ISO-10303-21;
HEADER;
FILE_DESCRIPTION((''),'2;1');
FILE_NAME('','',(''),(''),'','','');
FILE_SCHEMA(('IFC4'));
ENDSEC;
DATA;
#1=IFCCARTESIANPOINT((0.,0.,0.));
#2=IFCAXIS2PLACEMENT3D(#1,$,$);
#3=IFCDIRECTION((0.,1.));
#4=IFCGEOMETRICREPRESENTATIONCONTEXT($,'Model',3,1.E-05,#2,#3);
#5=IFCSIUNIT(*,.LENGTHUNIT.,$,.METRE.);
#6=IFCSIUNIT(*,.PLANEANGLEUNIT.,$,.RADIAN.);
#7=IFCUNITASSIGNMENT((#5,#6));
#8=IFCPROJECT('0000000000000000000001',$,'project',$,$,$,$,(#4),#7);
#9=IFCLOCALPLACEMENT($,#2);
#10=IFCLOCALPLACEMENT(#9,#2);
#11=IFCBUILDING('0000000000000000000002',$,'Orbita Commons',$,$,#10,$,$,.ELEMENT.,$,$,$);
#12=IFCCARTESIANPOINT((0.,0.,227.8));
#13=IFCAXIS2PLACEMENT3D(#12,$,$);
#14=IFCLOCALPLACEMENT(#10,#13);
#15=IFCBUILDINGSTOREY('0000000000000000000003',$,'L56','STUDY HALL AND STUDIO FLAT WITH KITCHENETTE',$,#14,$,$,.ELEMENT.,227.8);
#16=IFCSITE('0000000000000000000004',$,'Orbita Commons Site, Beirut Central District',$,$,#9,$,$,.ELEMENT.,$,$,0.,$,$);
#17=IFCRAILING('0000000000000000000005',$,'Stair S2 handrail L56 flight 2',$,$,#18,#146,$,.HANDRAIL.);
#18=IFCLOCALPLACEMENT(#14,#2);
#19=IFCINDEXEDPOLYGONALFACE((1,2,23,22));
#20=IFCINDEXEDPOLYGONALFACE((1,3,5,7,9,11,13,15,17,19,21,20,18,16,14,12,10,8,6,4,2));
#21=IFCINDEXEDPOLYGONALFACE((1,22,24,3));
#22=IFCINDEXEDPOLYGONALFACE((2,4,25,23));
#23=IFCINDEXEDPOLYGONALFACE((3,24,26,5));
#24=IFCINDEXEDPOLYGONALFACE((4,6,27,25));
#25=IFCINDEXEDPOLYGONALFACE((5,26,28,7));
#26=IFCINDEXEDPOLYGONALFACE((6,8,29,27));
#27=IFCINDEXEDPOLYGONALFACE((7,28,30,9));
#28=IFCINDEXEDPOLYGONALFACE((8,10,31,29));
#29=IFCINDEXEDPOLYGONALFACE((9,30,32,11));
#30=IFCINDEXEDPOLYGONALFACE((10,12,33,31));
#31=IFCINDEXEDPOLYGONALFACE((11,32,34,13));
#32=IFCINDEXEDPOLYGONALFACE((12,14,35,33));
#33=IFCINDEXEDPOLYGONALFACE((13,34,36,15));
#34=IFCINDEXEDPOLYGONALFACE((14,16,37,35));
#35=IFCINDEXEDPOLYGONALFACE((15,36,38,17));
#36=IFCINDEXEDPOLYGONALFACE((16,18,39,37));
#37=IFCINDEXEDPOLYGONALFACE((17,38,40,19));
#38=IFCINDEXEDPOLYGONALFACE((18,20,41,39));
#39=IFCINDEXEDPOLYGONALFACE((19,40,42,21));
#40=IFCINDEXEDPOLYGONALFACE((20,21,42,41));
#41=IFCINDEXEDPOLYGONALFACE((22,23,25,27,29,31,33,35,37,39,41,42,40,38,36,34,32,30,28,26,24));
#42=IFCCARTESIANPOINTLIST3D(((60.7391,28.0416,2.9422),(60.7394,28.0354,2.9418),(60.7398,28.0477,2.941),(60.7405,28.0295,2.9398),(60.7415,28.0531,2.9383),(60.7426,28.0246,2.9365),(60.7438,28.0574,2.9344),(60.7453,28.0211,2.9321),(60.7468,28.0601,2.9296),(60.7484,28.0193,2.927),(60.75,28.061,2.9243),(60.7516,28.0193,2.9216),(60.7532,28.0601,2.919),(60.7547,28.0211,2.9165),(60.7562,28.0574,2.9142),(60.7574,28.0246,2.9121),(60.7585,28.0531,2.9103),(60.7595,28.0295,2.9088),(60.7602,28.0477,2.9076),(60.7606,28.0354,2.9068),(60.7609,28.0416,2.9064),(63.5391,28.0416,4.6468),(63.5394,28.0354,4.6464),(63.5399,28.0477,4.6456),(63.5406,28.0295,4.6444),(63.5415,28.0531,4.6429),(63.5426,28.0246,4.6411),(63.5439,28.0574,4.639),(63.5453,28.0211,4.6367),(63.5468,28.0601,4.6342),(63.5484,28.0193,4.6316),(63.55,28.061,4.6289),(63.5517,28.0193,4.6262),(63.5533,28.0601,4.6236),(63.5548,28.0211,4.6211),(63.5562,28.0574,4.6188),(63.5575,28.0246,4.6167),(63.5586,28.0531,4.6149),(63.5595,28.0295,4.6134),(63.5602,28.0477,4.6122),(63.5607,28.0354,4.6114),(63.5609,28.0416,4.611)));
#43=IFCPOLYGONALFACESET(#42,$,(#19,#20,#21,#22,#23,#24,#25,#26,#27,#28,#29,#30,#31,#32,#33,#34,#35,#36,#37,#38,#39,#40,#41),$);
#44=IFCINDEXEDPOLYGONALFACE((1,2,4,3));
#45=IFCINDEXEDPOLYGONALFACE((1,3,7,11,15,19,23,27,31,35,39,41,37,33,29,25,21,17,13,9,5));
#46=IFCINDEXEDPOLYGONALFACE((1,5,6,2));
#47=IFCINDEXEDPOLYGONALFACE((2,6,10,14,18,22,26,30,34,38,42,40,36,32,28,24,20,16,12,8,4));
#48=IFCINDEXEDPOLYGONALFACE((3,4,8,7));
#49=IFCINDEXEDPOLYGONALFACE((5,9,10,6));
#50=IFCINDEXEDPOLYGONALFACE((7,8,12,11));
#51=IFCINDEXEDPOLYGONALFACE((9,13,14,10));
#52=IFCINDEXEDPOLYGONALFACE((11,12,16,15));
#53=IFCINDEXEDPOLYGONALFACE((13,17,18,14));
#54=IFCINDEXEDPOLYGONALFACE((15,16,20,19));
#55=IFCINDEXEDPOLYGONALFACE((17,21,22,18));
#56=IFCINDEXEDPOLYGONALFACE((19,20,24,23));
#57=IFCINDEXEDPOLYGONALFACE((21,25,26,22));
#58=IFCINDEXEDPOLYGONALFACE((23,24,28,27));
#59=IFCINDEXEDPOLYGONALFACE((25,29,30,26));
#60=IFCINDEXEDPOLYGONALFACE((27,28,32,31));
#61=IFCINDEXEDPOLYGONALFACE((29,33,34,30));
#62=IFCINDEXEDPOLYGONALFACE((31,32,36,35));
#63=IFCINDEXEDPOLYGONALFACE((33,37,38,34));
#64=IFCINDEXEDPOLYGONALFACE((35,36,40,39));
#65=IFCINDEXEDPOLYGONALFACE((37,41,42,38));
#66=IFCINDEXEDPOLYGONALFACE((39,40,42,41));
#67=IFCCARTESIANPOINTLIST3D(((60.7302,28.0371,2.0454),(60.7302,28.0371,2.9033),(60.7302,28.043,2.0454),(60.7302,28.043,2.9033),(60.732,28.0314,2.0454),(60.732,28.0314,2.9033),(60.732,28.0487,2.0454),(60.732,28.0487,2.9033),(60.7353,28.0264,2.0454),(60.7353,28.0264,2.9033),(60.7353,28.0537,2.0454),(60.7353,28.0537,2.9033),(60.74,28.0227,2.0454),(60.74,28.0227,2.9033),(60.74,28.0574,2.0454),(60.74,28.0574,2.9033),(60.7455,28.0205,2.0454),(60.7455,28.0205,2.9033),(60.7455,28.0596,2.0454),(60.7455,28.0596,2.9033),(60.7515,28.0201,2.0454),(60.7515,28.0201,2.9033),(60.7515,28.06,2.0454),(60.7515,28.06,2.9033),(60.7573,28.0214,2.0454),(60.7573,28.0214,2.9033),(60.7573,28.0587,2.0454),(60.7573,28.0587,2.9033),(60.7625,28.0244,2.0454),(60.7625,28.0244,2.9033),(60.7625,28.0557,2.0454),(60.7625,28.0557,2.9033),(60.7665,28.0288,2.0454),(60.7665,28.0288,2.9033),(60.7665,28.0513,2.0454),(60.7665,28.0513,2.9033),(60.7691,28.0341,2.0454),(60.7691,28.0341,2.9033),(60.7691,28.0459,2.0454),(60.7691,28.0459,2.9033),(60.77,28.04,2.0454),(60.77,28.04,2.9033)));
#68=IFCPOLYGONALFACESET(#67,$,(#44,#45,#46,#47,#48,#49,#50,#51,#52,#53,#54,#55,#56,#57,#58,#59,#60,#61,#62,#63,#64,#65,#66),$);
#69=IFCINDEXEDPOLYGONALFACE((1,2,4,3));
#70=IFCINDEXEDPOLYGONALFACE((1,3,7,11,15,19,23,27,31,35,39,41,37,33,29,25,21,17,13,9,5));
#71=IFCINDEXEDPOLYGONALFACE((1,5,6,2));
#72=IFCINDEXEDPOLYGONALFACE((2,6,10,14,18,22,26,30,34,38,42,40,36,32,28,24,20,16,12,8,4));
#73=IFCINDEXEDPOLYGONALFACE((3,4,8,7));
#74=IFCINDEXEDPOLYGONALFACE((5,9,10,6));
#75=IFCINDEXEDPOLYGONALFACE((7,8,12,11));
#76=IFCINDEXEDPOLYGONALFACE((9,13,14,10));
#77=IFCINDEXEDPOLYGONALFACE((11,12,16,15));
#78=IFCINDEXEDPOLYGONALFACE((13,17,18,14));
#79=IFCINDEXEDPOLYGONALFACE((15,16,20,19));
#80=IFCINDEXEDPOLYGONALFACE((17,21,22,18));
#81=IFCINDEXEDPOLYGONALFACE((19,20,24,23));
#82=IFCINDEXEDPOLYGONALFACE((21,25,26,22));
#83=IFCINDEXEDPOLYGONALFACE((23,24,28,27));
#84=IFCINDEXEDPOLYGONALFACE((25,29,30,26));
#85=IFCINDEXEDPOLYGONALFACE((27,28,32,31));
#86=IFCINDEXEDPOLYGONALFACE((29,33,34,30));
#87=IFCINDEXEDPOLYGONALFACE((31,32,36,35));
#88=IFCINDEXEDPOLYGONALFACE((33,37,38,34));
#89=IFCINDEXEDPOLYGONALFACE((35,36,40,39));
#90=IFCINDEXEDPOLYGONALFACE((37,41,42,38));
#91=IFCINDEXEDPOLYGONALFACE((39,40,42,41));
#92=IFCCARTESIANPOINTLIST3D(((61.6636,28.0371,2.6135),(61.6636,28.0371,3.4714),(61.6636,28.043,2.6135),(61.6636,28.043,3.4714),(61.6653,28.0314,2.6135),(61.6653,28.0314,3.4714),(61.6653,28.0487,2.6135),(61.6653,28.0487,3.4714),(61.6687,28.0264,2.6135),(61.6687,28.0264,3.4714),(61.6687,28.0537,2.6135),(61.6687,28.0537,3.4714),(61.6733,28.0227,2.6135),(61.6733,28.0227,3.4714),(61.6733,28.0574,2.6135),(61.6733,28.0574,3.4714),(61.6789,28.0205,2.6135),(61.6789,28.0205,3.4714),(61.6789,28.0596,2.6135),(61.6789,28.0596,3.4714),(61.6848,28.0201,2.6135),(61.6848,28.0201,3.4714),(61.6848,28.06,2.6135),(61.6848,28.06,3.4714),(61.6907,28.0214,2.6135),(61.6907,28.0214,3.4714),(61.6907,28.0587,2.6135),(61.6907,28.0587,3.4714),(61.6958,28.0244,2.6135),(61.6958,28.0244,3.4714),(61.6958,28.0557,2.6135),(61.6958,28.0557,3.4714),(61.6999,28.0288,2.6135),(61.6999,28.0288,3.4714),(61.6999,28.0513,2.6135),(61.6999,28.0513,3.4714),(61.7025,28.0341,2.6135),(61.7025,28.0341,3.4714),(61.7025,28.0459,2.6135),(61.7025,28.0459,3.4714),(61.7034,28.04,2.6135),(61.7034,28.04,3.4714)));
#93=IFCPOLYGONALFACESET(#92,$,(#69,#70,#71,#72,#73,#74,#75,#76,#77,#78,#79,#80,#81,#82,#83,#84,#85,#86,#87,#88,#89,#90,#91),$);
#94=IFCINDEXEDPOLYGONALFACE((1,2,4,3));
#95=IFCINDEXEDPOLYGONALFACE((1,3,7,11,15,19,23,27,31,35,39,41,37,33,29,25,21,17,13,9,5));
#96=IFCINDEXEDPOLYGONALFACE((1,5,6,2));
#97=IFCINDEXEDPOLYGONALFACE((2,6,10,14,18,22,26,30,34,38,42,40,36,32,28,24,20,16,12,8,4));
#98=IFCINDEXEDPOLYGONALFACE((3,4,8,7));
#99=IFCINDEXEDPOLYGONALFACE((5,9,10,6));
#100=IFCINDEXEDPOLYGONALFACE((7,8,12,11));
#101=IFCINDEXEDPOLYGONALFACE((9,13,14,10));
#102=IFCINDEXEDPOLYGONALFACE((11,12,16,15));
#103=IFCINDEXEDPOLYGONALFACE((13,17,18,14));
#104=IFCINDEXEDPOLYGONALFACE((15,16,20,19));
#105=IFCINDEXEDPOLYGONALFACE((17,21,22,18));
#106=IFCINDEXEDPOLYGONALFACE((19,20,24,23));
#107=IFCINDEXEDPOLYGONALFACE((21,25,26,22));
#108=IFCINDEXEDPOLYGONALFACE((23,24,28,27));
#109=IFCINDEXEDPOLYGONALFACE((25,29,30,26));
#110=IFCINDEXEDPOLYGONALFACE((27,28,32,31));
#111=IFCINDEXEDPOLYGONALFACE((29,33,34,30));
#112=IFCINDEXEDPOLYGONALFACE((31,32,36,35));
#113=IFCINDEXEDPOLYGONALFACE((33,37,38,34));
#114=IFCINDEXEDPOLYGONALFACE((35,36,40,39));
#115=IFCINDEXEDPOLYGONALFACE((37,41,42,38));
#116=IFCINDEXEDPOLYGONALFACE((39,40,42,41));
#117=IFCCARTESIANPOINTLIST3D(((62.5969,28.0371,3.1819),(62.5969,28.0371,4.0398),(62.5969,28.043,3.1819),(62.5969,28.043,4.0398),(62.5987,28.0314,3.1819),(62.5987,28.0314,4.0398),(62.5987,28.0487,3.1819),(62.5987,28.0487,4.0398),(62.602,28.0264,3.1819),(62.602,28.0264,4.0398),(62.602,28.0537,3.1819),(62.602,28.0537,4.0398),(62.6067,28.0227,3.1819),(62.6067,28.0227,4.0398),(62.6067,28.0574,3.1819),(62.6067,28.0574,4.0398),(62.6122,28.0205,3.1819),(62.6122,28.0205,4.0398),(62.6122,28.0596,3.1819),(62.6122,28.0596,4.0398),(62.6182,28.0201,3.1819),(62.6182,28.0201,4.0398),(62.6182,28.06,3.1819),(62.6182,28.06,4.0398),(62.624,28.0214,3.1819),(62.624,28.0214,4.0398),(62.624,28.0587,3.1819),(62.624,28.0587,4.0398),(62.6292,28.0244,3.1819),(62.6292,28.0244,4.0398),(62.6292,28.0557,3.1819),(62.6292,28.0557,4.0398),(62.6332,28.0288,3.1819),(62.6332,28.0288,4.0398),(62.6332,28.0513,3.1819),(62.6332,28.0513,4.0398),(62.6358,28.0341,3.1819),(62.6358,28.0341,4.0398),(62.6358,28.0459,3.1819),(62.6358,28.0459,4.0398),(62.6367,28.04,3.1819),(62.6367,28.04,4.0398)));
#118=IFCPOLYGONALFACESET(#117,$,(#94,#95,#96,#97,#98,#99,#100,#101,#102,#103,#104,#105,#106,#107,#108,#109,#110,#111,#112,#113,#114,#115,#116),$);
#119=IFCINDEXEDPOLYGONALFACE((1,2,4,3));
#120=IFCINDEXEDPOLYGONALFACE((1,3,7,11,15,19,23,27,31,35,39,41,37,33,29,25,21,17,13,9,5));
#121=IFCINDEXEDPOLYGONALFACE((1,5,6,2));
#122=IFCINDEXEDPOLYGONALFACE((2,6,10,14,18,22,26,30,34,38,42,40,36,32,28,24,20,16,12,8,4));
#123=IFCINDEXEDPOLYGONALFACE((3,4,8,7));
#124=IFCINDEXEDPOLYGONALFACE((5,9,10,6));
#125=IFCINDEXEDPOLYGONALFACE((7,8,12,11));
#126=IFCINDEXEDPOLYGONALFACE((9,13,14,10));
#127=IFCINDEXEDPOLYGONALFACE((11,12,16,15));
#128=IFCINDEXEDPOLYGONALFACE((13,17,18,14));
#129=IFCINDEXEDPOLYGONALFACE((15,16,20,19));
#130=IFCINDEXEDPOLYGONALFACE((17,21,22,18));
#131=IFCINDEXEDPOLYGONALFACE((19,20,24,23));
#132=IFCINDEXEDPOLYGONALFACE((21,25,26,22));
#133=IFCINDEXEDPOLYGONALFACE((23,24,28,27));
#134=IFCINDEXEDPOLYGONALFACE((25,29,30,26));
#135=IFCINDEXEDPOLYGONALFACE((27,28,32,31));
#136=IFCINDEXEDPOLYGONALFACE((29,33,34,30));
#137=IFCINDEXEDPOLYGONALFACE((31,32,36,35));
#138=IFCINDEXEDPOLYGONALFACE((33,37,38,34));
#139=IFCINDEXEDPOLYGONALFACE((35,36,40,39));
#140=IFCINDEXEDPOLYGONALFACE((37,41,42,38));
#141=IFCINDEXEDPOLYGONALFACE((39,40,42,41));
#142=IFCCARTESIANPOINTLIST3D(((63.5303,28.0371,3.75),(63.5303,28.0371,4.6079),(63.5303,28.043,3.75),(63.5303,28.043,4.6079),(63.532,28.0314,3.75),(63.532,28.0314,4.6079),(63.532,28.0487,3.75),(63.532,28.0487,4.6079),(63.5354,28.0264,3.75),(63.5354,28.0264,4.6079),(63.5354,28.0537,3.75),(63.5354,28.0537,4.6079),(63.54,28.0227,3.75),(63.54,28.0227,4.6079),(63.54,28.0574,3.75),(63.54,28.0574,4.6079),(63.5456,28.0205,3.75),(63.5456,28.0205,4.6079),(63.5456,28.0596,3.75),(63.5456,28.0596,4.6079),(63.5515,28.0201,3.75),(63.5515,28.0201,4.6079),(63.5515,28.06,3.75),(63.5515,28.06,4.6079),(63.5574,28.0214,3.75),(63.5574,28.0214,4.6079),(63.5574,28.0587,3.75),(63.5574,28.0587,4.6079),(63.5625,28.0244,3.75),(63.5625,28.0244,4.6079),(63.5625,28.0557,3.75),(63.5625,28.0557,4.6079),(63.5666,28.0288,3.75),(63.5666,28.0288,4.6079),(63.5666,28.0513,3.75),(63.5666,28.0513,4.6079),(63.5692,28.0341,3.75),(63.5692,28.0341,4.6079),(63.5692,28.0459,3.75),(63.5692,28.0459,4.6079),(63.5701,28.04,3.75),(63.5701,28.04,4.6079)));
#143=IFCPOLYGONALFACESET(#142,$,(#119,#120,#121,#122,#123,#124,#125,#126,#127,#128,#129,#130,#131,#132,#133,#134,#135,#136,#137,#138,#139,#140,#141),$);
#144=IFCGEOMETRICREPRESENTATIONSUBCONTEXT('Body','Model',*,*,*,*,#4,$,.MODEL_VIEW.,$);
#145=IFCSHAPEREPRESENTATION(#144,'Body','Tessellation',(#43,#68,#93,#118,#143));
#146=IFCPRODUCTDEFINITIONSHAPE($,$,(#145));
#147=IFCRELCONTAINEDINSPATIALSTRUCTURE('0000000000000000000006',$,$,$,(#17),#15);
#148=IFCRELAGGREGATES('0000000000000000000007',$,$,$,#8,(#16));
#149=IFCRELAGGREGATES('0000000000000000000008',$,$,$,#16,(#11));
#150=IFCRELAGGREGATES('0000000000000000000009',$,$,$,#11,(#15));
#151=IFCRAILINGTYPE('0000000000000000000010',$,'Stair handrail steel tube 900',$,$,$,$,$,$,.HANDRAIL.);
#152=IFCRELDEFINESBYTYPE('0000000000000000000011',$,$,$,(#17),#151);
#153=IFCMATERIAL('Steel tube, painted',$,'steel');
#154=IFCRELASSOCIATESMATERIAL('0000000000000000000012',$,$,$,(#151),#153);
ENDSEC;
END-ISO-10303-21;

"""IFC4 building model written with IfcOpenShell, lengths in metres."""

from ifc_helpers import new_model, si_unit, direction, frame, origin, origin_2d, place, context, subcontext, project, spatial, circle, extrude, material, type_object, element, save


model = new_model("IFC4")

# Units and contexts
model_context = context("Model", 3, precision=1e-05, world=origin(), true_north=direction((0.0, 1.0)))
body_context = subcontext(model_context, "Body", "Model", "MODEL_VIEW")
ifc_project = project(units=[si_unit("LENGTHUNIT", "METRE"), si_unit("PLANEANGLEUNIT", "RADIAN")], contexts=[model_context])

# Site, building, storey
site_placement = place(None, origin())
site = spatial("IfcSite", under=ifc_project, at=site_placement, Name="Orbita Commons Site, Beirut Central District", CompositionType="ELEMENT", RefElevation=0.0)
building_placement = place(site_placement, origin())
building = spatial("IfcBuilding", under=site, at=building_placement, Name="Orbita Commons", CompositionType="ELEMENT")
storey_placement = place(building_placement, frame((0.0, 0.0, 227.8)))
storey = spatial("IfcBuildingStorey", under=building, at=storey_placement, Name="L56", Description="STUDY HALL AND STUDIO FLAT WITH KITCHENETTE", CompositionType="ELEMENT", Elevation=227.8)

# Railing
ifc_material_1 = material(Name="Steel tube, painted", Category="steel")
railing_type = type_object("IfcRailingType", Name="Stair handrail steel tube 900", PredefinedType="HANDRAIL", material=ifc_material_1)
for number, where, name in (
    (1, (60.75, 28.04, 2.0454), "Stair S2 handrail L56 flight 2"),
):
    element("IfcRailing", number, at=place(storey_placement, frame(where)), inside=storey, type_object=railing_type, Name=name, PredefinedType="HANDRAIL", context=body_context, shape_type="SweptSolid", body=[
        extrude(circle(Radius=0.021, at=origin_2d()), frame((0.0, 0.0, 0.8789), z_axis=(0.85417, 0.0, 0.519994), x_axis=(0.0, 1.0, 0.0)), (0.0, 0.0, 1.0), 3.2781),
        extrude(circle(Radius=0.02, at=origin_2d()), origin(), (0.0, 0.0, 1.0), 0.8579),
        extrude(circle(Radius=0.02, at=origin_2d()), frame((0.9333, 0.0, 0.5681)), (0.0, 0.0, 1.0), 0.8579),
        extrude(circle(Radius=0.02, at=origin_2d()), frame((1.8667, 0.0, 1.1365)), (0.0, 0.0, 1.0), 0.8579),
        extrude(circle(Radius=0.02, at=origin_2d()), frame((2.8, 0.0, 1.7046)), (0.0, 0.0, 1.0), 0.8579),
    ])

save(model, "model.ifc")
